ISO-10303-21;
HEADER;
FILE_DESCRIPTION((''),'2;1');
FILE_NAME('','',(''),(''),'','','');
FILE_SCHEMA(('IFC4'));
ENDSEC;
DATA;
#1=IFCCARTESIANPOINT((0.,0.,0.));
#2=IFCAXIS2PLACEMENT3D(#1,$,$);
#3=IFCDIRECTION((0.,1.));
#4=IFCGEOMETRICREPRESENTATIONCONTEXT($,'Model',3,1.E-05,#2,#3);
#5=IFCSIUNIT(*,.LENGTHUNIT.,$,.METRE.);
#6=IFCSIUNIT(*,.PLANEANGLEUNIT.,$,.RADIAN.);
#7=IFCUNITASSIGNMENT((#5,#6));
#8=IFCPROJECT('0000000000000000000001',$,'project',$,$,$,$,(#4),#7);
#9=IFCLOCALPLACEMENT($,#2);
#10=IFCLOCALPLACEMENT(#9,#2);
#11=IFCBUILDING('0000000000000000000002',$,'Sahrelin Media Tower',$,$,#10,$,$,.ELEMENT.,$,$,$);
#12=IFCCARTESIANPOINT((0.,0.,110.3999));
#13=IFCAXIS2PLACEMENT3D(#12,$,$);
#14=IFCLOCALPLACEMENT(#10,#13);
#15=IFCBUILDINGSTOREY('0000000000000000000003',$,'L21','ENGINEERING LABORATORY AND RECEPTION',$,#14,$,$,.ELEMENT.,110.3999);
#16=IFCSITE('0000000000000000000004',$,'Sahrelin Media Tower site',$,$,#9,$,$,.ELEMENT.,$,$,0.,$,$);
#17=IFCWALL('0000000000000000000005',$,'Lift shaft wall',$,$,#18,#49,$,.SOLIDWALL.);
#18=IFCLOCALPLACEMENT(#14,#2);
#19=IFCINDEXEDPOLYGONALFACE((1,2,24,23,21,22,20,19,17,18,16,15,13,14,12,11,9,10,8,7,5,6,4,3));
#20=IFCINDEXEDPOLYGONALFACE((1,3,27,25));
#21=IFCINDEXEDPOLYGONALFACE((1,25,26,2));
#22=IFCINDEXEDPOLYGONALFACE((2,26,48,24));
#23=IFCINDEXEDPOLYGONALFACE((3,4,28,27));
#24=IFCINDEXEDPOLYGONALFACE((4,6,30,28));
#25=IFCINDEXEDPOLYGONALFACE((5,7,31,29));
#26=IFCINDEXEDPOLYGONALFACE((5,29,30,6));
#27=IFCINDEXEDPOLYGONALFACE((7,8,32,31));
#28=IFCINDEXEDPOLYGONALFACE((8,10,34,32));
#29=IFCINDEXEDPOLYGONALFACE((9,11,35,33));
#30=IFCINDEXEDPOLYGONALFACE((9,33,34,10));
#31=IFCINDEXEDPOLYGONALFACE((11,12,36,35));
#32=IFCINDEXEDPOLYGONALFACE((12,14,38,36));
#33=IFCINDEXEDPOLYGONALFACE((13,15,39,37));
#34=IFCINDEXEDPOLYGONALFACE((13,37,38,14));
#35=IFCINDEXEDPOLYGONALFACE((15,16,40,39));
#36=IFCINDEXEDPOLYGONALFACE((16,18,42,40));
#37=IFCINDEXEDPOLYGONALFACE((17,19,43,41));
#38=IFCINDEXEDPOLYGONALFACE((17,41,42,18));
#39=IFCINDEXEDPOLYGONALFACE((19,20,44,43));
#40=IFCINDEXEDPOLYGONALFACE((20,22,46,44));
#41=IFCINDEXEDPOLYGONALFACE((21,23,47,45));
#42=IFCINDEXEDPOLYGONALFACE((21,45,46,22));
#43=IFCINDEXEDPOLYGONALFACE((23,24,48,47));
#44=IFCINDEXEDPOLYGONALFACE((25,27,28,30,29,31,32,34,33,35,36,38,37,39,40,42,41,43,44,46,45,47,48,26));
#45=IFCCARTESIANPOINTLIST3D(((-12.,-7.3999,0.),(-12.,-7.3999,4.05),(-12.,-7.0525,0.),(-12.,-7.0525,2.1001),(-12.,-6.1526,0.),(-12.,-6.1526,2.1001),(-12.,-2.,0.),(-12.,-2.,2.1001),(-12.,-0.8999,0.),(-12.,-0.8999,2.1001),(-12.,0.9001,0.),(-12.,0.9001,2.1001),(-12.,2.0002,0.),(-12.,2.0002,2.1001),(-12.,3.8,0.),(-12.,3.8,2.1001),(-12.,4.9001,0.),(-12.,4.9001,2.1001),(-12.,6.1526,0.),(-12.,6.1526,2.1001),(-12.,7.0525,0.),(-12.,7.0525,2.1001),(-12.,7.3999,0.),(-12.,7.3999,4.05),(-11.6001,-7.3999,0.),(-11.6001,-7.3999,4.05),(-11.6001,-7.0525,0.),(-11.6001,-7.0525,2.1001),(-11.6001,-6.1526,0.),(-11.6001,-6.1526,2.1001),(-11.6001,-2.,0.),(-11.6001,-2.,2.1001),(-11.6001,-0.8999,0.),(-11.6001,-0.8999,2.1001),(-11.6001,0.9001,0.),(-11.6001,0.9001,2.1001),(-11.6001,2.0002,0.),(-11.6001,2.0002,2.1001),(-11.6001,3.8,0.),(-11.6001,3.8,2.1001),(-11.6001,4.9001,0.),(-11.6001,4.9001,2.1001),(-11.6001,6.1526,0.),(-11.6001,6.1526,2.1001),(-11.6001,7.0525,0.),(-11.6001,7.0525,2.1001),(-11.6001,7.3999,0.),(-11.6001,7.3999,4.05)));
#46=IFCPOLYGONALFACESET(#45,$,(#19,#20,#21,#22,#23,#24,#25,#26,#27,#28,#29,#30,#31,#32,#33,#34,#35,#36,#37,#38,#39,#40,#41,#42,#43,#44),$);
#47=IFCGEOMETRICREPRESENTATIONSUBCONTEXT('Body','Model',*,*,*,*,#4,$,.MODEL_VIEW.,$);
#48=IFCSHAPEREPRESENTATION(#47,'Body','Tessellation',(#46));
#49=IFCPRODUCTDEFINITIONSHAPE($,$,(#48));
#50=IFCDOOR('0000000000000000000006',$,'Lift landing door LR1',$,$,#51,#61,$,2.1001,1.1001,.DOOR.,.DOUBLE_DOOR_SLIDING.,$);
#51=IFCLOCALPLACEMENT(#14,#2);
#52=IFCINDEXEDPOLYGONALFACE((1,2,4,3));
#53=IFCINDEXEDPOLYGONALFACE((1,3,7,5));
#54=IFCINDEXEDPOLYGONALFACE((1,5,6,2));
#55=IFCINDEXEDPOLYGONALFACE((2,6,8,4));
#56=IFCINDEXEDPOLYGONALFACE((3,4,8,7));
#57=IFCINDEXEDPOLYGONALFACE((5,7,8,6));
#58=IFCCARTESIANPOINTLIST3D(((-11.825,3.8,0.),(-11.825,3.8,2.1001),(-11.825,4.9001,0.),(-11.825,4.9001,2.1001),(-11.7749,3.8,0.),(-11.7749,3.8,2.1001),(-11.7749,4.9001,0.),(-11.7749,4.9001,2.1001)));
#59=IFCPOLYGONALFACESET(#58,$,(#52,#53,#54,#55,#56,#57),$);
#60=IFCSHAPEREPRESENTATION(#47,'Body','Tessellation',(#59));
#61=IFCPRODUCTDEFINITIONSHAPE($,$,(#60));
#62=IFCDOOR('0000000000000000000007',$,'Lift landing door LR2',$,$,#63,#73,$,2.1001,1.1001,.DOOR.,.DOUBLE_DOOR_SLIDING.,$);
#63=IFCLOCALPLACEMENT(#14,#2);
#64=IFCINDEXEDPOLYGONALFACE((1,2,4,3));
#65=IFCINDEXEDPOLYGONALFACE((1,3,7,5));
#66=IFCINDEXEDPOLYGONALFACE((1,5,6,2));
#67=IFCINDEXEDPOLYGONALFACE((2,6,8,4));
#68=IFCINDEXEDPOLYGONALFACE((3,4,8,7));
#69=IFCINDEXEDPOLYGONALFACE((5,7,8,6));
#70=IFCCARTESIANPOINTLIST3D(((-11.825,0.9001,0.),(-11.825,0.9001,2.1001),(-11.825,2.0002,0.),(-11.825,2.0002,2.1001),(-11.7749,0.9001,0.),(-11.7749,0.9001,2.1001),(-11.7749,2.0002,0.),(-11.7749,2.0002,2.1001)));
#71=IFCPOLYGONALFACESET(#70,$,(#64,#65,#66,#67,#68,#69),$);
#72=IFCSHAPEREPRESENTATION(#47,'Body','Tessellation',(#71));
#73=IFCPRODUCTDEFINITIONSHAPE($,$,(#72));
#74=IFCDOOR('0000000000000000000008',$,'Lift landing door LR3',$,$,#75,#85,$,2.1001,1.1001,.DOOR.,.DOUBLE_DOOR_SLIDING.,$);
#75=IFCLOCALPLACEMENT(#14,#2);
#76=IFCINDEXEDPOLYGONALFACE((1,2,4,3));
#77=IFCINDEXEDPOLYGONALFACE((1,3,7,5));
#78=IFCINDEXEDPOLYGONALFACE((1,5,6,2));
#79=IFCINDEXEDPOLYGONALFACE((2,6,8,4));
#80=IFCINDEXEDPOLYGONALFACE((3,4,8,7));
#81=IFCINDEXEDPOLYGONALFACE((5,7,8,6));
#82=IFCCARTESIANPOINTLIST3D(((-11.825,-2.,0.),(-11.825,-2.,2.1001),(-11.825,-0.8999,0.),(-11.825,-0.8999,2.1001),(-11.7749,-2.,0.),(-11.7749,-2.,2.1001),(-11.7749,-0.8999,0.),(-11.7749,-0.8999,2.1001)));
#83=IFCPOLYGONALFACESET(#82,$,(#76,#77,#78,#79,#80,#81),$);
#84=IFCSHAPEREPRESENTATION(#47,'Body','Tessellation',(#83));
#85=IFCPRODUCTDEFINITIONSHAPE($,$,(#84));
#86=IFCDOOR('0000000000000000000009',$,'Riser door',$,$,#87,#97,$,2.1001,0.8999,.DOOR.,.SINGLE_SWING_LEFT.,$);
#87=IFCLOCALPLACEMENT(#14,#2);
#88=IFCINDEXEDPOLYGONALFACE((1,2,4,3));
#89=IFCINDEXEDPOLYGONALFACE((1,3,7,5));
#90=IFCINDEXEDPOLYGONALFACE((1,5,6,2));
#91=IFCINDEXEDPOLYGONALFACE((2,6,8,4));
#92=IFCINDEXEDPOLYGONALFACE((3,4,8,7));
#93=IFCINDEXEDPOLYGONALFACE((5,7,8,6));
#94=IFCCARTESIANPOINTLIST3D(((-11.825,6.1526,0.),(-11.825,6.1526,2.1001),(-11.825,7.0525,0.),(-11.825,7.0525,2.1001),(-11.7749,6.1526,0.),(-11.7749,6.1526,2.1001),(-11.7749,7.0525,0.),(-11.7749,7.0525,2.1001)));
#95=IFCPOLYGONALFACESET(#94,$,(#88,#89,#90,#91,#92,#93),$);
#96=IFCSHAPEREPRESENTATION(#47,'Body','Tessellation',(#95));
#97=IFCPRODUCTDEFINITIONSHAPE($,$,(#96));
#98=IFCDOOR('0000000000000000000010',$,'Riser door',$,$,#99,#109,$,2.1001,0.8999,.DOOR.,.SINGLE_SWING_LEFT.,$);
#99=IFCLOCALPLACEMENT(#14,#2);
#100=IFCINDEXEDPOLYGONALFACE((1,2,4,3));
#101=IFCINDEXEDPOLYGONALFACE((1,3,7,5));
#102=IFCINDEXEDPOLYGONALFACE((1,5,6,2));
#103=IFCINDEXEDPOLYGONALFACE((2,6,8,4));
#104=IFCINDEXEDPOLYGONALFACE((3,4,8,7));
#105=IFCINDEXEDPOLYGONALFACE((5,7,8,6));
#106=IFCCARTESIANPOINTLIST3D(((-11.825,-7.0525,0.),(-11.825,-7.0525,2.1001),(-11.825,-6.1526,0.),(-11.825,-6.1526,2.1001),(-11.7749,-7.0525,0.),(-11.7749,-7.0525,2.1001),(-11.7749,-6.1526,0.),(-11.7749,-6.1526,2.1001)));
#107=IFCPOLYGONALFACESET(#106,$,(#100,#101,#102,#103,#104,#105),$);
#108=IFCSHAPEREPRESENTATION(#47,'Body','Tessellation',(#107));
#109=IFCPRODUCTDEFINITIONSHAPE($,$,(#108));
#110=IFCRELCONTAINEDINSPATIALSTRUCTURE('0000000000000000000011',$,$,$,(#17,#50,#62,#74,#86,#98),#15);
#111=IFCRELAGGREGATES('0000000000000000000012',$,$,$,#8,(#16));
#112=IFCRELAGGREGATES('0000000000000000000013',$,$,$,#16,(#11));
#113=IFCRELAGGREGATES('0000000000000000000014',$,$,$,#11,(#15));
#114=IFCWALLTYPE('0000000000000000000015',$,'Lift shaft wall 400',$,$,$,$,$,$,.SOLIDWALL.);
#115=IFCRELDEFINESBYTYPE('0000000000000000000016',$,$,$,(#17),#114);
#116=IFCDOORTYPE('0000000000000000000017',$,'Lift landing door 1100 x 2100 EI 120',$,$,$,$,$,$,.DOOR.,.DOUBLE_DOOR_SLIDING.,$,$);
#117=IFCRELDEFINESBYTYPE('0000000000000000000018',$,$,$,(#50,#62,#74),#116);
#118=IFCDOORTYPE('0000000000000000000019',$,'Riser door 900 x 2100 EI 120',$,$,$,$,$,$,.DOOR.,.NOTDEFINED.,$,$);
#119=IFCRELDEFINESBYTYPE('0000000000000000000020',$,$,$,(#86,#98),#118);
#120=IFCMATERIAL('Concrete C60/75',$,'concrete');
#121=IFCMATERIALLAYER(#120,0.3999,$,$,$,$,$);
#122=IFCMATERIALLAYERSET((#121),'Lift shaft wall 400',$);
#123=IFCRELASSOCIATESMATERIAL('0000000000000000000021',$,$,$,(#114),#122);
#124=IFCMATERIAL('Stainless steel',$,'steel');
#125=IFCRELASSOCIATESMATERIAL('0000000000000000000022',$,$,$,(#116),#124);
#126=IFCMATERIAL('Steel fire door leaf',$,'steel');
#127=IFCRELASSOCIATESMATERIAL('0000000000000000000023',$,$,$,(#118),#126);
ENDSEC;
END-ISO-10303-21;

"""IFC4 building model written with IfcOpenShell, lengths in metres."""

from ifc_helpers import new_model, si_unit, direction, frame, frame_2d, origin, place, context, subcontext, project, spatial, rectangle, extrude, material, layer, layer_set, type_object, element, fill, save


model = new_model("IFC4")

# Units and contexts
model_context = context("Model", 3, precision=1e-05, world=origin(), true_north=direction((0.0, 1.0)))
body_context = subcontext(model_context, "Body", "Model", "MODEL_VIEW")
ifc_project = project(units=[si_unit("LENGTHUNIT", "METRE"), si_unit("PLANEANGLEUNIT", "RADIAN")], contexts=[model_context])

# Site, building, storey
site_placement = place(None, origin())
site = spatial("IfcSite", under=ifc_project, at=site_placement, Name="Sahrelin Media Tower site", CompositionType="ELEMENT", RefElevation=0.0)
building_placement = place(site_placement, origin())
building = spatial("IfcBuilding", under=site, at=building_placement, Name="Sahrelin Media Tower", CompositionType="ELEMENT")
storey_placement = place(building_placement, frame((0.0, 0.0, 110.3999)))
storey = spatial("IfcBuildingStorey", under=building, at=storey_placement, Name="L21", Description="ENGINEERING LABORATORY AND RECEPTION", CompositionType="ELEMENT", Elevation=110.3999)

# Shared definitions
ifc_material_1 = material(Name="Concrete C60/75", Category="concrete")
ifc_material_2 = material(Name="Steel fire door leaf", Category="steel")

# Wall, openings, doors
ifc_layer_1 = layer(ifc_material_1, 0.3999)
ifc_layer_set_1 = layer_set([ifc_layer_1], Name="Lift shaft wall 400")
wall_type_1 = type_object("IfcWallType", Name="Lift shaft wall 400", PredefinedType="SOLIDWALL", material=ifc_layer_set_1)
wall_1_placement = place(storey_placement, frame((-11.8, -7.3999, 0.0), z_axis=(0.0, 0.0, 1.0), x_axis=(0.0, 1.0, 0.0)))
wall_1 = element("IfcWall", 1, at=wall_1_placement, inside=storey, type_object=wall_type_1, Name="Lift shaft wall", PredefinedType="SOLIDWALL", context=body_context, shape_type="SweptSolid", body=[
    extrude(rectangle(XDim=14.7998, YDim=0.3999, at=frame_2d((7.3999, 0.0))), origin(), (0.0, 0.0, 1.0), 4.05),
])
opening_1_placement = place(wall_1_placement, frame((11.2, 0.0, 0.0)))
opening_1 = element("IfcOpeningElement", 2, at=opening_1_placement, cuts=wall_1, PredefinedType="OPENING", context=body_context, shape_type="SweptSolid", body=[
    extrude(rectangle(XDim=1.1001, YDim=2.1001, at=frame_2d((0.55, 1.05))), frame((0.0, 0.2, 0.0), z_axis=(0.0, -1.0, 0.0), x_axis=(1.0, 0.0, 0.0)), (0.0, 0.0, 1.0), 0.3999),
])
opening_2_placement = place(wall_1_placement, frame((8.3, 0.0, 0.0)))
opening_2 = element("IfcOpeningElement", 3, at=opening_2_placement, cuts=wall_1, PredefinedType="OPENING", context=body_context, shape_type="SweptSolid", body=[
    extrude(rectangle(XDim=1.1001, YDim=2.1001, at=frame_2d((0.55, 1.05))), frame((0.0, 0.2, 0.0), z_axis=(0.0, -1.0, 0.0), x_axis=(1.0, 0.0, 0.0)), (0.0, 0.0, 1.0), 0.3999),
])
opening_3_placement = place(wall_1_placement, frame((5.3999, 0.0, 0.0)))
opening_3 = element("IfcOpeningElement", 4, at=opening_3_placement, cuts=wall_1, PredefinedType="OPENING", context=body_context, shape_type="SweptSolid", body=[
    extrude(rectangle(XDim=1.1001, YDim=2.1001, at=frame_2d((0.55, 1.05))), frame((0.0, 0.2, 0.0), z_axis=(0.0, -1.0, 0.0), x_axis=(1.0, 0.0, 0.0)), (0.0, 0.0, 1.0), 0.3999),
])
opening_4_placement = place(wall_1_placement, frame((13.5525, 0.0, 0.0)))
opening_4 = element("IfcOpeningElement", 5, at=opening_4_placement, cuts=wall_1, PredefinedType="OPENING", context=body_context, shape_type="SweptSolid", body=[
    extrude(rectangle(XDim=0.8999, YDim=2.1001, at=frame_2d((0.45, 1.05))), frame((0.0, 0.2, 0.0), z_axis=(0.0, -1.0, 0.0), x_axis=(1.0, 0.0, 0.0)), (0.0, 0.0, 1.0), 0.3999),
])
opening_5_placement = place(wall_1_placement, frame((0.3474, 0.0, 0.0)))
opening_5 = element("IfcOpeningElement", 6, at=opening_5_placement, cuts=wall_1, PredefinedType="OPENING", context=body_context, shape_type="SweptSolid", body=[
    extrude(rectangle(XDim=0.8999, YDim=2.1001, at=frame_2d((0.45, 1.05))), frame((0.0, 0.2, 0.0), z_axis=(0.0, -1.0, 0.0), x_axis=(1.0, 0.0, 0.0)), (0.0, 0.0, 1.0), 0.3999),
])
ifc_material_3 = material(Name="Stainless steel", Category="steel")
door_type_1 = type_object("IfcDoorType", Name="Lift landing door 1100 x 2100 EI 120", OperationType="DOUBLE_DOOR_SLIDING", PredefinedType="DOOR", material=ifc_material_3)
door_1_placement = place(opening_1_placement, origin())
door_1 = element("IfcDoor", 7, at=door_1_placement, inside=storey, type_object=door_type_1, Name="Lift landing door LR1", OperationType="DOUBLE_DOOR_SLIDING", OverallHeight=2.1001, OverallWidth=1.1001, PredefinedType="DOOR", context=body_context, shape_type="SweptSolid", body=[
    extrude(rectangle(XDim=1.1001, YDim=2.1001, at=frame_2d((0.55, 1.05))), frame((0.0, 0.0249, 0.0), z_axis=(0.0, -1.0, 0.0), x_axis=(1.0, 0.0, 0.0)), (0.0, 0.0, 1.0), 0.05),
])
fill(opening_1, door_1)
door_2_placement = place(opening_2_placement, origin())
door_2 = element("IfcDoor", 8, at=door_2_placement, inside=storey, type_object=door_type_1, Name="Lift landing door LR2", OperationType="DOUBLE_DOOR_SLIDING", OverallHeight=2.1001, OverallWidth=1.1001, PredefinedType="DOOR", context=body_context, shape_type="SweptSolid", body=[
    extrude(rectangle(XDim=1.1001, YDim=2.1001, at=frame_2d((0.55, 1.05))), frame((0.0, 0.0249, 0.0), z_axis=(0.0, -1.0, 0.0), x_axis=(1.0, 0.0, 0.0)), (0.0, 0.0, 1.0), 0.05),
])
fill(opening_2, door_2)
door_3_placement = place(opening_3_placement, origin())
door_3 = element("IfcDoor", 9, at=door_3_placement, inside=storey, type_object=door_type_1, Name="Lift landing door LR3", OperationType="DOUBLE_DOOR_SLIDING", OverallHeight=2.1001, OverallWidth=1.1001, PredefinedType="DOOR", context=body_context, shape_type="SweptSolid", body=[
    extrude(rectangle(XDim=1.1001, YDim=2.1001, at=frame_2d((0.55, 1.05))), frame((0.0, 0.0249, 0.0), z_axis=(0.0, -1.0, 0.0), x_axis=(1.0, 0.0, 0.0)), (0.0, 0.0, 1.0), 0.05),
])
fill(opening_3, door_3)
door_type_2 = type_object("IfcDoorType", Name="Riser door 900 x 2100 EI 120", OperationType="NOTDEFINED", PredefinedType="DOOR", material=ifc_material_2)
door_4_placement = place(opening_4_placement, origin())
door_4 = element("IfcDoor", 10, at=door_4_placement, inside=storey, type_object=door_type_2, Name="Riser door", OperationType="SINGLE_SWING_LEFT", OverallHeight=2.1001, OverallWidth=0.8999, PredefinedType="DOOR", context=body_context, shape_type="SweptSolid", body=[
    extrude(rectangle(XDim=0.8999, YDim=2.1001, at=frame_2d((0.45, 1.05))), frame((0.0, 0.0249, 0.0), z_axis=(0.0, -1.0, 0.0), x_axis=(1.0, 0.0, 0.0)), (0.0, 0.0, 1.0), 0.05),
])
fill(opening_4, door_4)
door_5_placement = place(opening_5_placement, origin())
door_5 = element("IfcDoor", 11, at=door_5_placement, inside=storey, type_object=door_type_2, Name="Riser door", OperationType="SINGLE_SWING_LEFT", OverallHeight=2.1001, OverallWidth=0.8999, PredefinedType="DOOR", context=body_context, shape_type="SweptSolid", body=[
    extrude(rectangle(XDim=0.8999, YDim=2.1001, at=frame_2d((0.45, 1.05))), frame((0.0, 0.0249, 0.0), z_axis=(0.0, -1.0, 0.0), x_axis=(1.0, 0.0, 0.0)), (0.0, 0.0, 1.0), 0.05),
])
fill(opening_5, door_5)

save(model, "model.ifc")
